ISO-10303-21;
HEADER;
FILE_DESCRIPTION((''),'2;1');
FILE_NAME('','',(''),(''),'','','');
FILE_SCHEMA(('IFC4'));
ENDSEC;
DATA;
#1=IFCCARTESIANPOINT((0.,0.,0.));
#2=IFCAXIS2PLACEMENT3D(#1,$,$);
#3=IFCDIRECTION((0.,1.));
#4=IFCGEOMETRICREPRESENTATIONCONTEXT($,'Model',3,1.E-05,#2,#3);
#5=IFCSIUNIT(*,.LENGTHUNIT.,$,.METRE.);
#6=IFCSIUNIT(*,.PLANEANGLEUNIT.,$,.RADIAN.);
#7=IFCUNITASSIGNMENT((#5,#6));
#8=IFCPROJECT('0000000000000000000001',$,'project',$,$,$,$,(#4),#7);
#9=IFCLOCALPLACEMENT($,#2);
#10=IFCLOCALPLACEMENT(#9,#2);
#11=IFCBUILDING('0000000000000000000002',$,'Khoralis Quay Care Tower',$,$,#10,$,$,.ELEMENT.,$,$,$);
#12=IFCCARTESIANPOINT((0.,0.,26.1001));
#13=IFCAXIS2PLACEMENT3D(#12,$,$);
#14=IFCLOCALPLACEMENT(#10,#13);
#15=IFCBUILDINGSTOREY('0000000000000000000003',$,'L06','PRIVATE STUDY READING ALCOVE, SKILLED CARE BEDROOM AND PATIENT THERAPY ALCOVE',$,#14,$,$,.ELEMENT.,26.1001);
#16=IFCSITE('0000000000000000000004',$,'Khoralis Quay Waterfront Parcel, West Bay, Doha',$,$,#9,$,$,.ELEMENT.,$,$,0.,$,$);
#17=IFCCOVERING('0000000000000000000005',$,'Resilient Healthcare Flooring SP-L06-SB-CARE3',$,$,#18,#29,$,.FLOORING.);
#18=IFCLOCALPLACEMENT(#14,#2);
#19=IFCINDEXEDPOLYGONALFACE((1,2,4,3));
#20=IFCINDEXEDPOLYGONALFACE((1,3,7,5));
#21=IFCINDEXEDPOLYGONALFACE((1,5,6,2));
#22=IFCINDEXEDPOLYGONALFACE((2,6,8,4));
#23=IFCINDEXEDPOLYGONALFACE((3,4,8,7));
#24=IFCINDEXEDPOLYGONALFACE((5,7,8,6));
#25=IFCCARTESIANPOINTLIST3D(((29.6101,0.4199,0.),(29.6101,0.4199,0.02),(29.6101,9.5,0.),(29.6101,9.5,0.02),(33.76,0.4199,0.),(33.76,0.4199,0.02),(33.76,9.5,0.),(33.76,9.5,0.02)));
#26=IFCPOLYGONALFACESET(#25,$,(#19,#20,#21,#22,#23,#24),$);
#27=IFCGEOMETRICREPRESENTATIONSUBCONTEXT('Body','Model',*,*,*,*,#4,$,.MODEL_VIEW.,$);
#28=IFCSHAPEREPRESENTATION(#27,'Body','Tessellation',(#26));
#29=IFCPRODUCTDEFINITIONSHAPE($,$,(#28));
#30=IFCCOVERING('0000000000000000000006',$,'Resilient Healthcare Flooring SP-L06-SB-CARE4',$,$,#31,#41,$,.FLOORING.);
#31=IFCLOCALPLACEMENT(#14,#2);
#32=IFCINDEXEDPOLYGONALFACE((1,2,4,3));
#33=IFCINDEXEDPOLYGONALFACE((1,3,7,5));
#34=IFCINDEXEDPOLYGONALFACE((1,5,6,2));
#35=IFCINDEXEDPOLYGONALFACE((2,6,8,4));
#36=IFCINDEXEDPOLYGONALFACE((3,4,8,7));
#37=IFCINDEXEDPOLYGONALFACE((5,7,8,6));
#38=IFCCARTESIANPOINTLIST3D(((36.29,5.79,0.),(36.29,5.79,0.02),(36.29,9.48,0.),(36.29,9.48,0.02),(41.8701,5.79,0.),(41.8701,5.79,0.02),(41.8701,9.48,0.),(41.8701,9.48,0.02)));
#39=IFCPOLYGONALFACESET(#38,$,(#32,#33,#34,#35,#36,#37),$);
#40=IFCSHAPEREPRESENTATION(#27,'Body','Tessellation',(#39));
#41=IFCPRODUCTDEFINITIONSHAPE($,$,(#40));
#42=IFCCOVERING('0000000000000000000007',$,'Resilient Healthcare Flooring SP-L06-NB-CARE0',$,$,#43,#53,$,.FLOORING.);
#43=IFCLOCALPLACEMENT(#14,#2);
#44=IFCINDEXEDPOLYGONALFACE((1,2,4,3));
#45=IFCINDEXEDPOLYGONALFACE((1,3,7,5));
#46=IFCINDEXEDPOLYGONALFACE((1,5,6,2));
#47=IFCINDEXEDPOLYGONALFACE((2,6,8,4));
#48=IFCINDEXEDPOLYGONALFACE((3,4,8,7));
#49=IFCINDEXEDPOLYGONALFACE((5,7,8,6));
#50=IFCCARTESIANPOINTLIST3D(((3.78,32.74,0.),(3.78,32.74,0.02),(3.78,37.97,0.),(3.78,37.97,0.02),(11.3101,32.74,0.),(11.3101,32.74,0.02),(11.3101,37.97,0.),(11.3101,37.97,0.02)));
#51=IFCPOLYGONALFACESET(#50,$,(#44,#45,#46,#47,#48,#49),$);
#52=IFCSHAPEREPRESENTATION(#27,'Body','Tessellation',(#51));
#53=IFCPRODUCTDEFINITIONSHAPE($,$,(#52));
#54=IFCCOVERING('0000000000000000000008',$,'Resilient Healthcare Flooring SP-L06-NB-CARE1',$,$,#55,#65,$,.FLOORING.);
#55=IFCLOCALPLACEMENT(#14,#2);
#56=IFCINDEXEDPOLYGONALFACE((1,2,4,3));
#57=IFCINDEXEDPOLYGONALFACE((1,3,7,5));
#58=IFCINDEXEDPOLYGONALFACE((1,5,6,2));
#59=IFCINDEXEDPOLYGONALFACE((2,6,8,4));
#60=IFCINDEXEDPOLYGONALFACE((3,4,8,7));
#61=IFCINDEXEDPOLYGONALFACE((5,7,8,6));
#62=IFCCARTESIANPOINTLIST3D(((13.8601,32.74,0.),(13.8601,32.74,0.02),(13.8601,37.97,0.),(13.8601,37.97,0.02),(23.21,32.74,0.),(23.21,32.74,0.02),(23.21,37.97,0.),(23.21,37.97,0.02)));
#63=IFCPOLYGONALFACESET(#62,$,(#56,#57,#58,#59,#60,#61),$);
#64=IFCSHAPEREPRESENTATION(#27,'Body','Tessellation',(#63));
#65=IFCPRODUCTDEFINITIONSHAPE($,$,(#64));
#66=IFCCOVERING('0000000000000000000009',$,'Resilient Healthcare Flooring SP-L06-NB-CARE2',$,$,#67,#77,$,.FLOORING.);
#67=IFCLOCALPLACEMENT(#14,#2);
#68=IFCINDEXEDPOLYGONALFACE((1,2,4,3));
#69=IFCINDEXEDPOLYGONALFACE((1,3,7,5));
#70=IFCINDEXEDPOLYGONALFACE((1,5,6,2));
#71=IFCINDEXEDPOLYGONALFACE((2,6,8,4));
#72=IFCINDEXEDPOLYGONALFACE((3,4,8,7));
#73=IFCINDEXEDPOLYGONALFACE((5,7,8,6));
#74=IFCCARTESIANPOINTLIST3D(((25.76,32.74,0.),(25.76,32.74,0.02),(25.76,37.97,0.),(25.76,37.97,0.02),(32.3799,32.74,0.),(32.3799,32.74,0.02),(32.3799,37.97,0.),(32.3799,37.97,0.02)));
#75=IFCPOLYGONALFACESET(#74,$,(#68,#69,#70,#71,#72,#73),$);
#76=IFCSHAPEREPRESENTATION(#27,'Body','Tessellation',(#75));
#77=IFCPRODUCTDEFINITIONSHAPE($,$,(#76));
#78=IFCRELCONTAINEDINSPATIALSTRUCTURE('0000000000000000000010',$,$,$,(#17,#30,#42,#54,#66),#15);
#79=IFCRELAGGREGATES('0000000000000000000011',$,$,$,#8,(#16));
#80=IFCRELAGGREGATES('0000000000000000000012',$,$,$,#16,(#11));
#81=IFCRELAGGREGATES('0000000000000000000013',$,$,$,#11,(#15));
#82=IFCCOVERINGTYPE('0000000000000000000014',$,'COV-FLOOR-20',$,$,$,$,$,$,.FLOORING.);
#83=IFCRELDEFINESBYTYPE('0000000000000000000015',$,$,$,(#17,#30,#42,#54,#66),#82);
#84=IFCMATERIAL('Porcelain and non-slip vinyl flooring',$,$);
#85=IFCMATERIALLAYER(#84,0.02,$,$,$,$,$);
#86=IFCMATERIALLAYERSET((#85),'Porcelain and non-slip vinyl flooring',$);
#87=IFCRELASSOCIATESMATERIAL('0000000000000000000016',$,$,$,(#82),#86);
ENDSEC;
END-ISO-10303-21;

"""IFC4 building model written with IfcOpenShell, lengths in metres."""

from ifc_helpers import new_model, si_unit, direction, frame, origin, place, context, subcontext, project, spatial, polyline, outline, extrude, material, layer, layer_set, type_object, element, save


model = new_model("IFC4")

# Units and contexts
model_context = context("Model", 3, precision=1e-05, world=origin(), true_north=direction((0.0, 1.0)))
body_context = subcontext(model_context, "Body", "Model", "MODEL_VIEW")
ifc_project = project(units=[si_unit("LENGTHUNIT", "METRE"), si_unit("PLANEANGLEUNIT", "RADIAN")], contexts=[model_context])

# Site, building, storey
site_placement = place(None, origin())
site = spatial("IfcSite", under=ifc_project, at=site_placement, Name="Khoralis Quay Waterfront Parcel, West Bay, Doha", CompositionType="ELEMENT", RefElevation=0.0)
building_placement = place(site_placement, origin())
building = spatial("IfcBuilding", under=site, at=building_placement, Name="Khoralis Quay Care Tower", CompositionType="ELEMENT")
storey_placement = place(building_placement, frame((0.0, 0.0, 26.1001)))
storey = spatial("IfcBuildingStorey", under=building, at=storey_placement, Name="L06", Description="PRIVATE STUDY READING ALCOVE, SKILLED CARE BEDROOM AND PATIENT THERAPY ALCOVE", CompositionType="ELEMENT", Elevation=26.1001)

# Coverings
ifc_material_1 = material(Name="Porcelain and non-slip vinyl flooring")
ifc_layer_1 = layer(ifc_material_1, 0.02)
ifc_layer_set_1 = layer_set([ifc_layer_1], Name="Porcelain and non-slip vinyl flooring")
covering_type_1 = type_object("IfcCoveringType", Name="COV-FLOOR-20", PredefinedType="FLOORING", material=ifc_layer_set_1)
covering_1_placement = place(storey_placement, origin())
element("IfcCovering", 1, at=covering_1_placement, inside=storey, type_object=covering_type_1, Name="Resilient Healthcare Flooring SP-L06-SB-CARE3", PredefinedType="FLOORING", context=body_context, shape_type="SweptSolid", body=[
    extrude(outline(polyline([(29.6101, 0.4199), (33.76, 0.4199), (33.76, 9.5), (29.6101, 9.5), (29.6101, 0.4199)])), origin(), (0.0, 0.0, 1.0), 0.02),
])
covering_2_placement = place(storey_placement, origin())
element("IfcCovering", 2, at=covering_2_placement, inside=storey, type_object=covering_type_1, Name="Resilient Healthcare Flooring SP-L06-SB-CARE4", PredefinedType="FLOORING", context=body_context, shape_type="SweptSolid", body=[
    extrude(outline(polyline([(36.29, 5.79), (41.8701, 5.79), (41.8701, 9.48), (36.29, 9.48), (36.29, 5.79)])), origin(), (0.0, 0.0, 1.0), 0.02),
])
covering_3_placement = place(storey_placement, origin())
element("IfcCovering", 3, at=covering_3_placement, inside=storey, type_object=covering_type_1, Name="Resilient Healthcare Flooring SP-L06-NB-CARE0", PredefinedType="FLOORING", context=body_context, shape_type="SweptSolid", body=[
    extrude(outline(polyline([(3.78, 32.74), (11.3101, 32.74), (11.3101, 37.97), (3.78, 37.97), (3.78, 32.74)])), origin(), (0.0, 0.0, 1.0), 0.02),
])
covering_4_placement = place(storey_placement, origin())
element("IfcCovering", 4, at=covering_4_placement, inside=storey, type_object=covering_type_1, Name="Resilient Healthcare Flooring SP-L06-NB-CARE1", PredefinedType="FLOORING", context=body_context, shape_type="SweptSolid", body=[
    extrude(outline(polyline([(13.8601, 32.74), (23.21, 32.74), (23.21, 37.97), (13.8601, 37.97), (13.8601, 32.74)])), origin(), (0.0, 0.0, 1.0), 0.02),
])
covering_5_placement = place(storey_placement, origin())
element("IfcCovering", 5, at=covering_5_placement, inside=storey, type_object=covering_type_1, Name="Resilient Healthcare Flooring SP-L06-NB-CARE2", PredefinedType="FLOORING", context=body_context, shape_type="SweptSolid", body=[
    extrude(outline(polyline([(25.76, 32.74), (32.3799, 32.74), (32.3799, 37.97), (25.76, 37.97), (25.76, 32.74)])), origin(), (0.0, 0.0, 1.0), 0.02),
])

save(model, "model.ifc")
